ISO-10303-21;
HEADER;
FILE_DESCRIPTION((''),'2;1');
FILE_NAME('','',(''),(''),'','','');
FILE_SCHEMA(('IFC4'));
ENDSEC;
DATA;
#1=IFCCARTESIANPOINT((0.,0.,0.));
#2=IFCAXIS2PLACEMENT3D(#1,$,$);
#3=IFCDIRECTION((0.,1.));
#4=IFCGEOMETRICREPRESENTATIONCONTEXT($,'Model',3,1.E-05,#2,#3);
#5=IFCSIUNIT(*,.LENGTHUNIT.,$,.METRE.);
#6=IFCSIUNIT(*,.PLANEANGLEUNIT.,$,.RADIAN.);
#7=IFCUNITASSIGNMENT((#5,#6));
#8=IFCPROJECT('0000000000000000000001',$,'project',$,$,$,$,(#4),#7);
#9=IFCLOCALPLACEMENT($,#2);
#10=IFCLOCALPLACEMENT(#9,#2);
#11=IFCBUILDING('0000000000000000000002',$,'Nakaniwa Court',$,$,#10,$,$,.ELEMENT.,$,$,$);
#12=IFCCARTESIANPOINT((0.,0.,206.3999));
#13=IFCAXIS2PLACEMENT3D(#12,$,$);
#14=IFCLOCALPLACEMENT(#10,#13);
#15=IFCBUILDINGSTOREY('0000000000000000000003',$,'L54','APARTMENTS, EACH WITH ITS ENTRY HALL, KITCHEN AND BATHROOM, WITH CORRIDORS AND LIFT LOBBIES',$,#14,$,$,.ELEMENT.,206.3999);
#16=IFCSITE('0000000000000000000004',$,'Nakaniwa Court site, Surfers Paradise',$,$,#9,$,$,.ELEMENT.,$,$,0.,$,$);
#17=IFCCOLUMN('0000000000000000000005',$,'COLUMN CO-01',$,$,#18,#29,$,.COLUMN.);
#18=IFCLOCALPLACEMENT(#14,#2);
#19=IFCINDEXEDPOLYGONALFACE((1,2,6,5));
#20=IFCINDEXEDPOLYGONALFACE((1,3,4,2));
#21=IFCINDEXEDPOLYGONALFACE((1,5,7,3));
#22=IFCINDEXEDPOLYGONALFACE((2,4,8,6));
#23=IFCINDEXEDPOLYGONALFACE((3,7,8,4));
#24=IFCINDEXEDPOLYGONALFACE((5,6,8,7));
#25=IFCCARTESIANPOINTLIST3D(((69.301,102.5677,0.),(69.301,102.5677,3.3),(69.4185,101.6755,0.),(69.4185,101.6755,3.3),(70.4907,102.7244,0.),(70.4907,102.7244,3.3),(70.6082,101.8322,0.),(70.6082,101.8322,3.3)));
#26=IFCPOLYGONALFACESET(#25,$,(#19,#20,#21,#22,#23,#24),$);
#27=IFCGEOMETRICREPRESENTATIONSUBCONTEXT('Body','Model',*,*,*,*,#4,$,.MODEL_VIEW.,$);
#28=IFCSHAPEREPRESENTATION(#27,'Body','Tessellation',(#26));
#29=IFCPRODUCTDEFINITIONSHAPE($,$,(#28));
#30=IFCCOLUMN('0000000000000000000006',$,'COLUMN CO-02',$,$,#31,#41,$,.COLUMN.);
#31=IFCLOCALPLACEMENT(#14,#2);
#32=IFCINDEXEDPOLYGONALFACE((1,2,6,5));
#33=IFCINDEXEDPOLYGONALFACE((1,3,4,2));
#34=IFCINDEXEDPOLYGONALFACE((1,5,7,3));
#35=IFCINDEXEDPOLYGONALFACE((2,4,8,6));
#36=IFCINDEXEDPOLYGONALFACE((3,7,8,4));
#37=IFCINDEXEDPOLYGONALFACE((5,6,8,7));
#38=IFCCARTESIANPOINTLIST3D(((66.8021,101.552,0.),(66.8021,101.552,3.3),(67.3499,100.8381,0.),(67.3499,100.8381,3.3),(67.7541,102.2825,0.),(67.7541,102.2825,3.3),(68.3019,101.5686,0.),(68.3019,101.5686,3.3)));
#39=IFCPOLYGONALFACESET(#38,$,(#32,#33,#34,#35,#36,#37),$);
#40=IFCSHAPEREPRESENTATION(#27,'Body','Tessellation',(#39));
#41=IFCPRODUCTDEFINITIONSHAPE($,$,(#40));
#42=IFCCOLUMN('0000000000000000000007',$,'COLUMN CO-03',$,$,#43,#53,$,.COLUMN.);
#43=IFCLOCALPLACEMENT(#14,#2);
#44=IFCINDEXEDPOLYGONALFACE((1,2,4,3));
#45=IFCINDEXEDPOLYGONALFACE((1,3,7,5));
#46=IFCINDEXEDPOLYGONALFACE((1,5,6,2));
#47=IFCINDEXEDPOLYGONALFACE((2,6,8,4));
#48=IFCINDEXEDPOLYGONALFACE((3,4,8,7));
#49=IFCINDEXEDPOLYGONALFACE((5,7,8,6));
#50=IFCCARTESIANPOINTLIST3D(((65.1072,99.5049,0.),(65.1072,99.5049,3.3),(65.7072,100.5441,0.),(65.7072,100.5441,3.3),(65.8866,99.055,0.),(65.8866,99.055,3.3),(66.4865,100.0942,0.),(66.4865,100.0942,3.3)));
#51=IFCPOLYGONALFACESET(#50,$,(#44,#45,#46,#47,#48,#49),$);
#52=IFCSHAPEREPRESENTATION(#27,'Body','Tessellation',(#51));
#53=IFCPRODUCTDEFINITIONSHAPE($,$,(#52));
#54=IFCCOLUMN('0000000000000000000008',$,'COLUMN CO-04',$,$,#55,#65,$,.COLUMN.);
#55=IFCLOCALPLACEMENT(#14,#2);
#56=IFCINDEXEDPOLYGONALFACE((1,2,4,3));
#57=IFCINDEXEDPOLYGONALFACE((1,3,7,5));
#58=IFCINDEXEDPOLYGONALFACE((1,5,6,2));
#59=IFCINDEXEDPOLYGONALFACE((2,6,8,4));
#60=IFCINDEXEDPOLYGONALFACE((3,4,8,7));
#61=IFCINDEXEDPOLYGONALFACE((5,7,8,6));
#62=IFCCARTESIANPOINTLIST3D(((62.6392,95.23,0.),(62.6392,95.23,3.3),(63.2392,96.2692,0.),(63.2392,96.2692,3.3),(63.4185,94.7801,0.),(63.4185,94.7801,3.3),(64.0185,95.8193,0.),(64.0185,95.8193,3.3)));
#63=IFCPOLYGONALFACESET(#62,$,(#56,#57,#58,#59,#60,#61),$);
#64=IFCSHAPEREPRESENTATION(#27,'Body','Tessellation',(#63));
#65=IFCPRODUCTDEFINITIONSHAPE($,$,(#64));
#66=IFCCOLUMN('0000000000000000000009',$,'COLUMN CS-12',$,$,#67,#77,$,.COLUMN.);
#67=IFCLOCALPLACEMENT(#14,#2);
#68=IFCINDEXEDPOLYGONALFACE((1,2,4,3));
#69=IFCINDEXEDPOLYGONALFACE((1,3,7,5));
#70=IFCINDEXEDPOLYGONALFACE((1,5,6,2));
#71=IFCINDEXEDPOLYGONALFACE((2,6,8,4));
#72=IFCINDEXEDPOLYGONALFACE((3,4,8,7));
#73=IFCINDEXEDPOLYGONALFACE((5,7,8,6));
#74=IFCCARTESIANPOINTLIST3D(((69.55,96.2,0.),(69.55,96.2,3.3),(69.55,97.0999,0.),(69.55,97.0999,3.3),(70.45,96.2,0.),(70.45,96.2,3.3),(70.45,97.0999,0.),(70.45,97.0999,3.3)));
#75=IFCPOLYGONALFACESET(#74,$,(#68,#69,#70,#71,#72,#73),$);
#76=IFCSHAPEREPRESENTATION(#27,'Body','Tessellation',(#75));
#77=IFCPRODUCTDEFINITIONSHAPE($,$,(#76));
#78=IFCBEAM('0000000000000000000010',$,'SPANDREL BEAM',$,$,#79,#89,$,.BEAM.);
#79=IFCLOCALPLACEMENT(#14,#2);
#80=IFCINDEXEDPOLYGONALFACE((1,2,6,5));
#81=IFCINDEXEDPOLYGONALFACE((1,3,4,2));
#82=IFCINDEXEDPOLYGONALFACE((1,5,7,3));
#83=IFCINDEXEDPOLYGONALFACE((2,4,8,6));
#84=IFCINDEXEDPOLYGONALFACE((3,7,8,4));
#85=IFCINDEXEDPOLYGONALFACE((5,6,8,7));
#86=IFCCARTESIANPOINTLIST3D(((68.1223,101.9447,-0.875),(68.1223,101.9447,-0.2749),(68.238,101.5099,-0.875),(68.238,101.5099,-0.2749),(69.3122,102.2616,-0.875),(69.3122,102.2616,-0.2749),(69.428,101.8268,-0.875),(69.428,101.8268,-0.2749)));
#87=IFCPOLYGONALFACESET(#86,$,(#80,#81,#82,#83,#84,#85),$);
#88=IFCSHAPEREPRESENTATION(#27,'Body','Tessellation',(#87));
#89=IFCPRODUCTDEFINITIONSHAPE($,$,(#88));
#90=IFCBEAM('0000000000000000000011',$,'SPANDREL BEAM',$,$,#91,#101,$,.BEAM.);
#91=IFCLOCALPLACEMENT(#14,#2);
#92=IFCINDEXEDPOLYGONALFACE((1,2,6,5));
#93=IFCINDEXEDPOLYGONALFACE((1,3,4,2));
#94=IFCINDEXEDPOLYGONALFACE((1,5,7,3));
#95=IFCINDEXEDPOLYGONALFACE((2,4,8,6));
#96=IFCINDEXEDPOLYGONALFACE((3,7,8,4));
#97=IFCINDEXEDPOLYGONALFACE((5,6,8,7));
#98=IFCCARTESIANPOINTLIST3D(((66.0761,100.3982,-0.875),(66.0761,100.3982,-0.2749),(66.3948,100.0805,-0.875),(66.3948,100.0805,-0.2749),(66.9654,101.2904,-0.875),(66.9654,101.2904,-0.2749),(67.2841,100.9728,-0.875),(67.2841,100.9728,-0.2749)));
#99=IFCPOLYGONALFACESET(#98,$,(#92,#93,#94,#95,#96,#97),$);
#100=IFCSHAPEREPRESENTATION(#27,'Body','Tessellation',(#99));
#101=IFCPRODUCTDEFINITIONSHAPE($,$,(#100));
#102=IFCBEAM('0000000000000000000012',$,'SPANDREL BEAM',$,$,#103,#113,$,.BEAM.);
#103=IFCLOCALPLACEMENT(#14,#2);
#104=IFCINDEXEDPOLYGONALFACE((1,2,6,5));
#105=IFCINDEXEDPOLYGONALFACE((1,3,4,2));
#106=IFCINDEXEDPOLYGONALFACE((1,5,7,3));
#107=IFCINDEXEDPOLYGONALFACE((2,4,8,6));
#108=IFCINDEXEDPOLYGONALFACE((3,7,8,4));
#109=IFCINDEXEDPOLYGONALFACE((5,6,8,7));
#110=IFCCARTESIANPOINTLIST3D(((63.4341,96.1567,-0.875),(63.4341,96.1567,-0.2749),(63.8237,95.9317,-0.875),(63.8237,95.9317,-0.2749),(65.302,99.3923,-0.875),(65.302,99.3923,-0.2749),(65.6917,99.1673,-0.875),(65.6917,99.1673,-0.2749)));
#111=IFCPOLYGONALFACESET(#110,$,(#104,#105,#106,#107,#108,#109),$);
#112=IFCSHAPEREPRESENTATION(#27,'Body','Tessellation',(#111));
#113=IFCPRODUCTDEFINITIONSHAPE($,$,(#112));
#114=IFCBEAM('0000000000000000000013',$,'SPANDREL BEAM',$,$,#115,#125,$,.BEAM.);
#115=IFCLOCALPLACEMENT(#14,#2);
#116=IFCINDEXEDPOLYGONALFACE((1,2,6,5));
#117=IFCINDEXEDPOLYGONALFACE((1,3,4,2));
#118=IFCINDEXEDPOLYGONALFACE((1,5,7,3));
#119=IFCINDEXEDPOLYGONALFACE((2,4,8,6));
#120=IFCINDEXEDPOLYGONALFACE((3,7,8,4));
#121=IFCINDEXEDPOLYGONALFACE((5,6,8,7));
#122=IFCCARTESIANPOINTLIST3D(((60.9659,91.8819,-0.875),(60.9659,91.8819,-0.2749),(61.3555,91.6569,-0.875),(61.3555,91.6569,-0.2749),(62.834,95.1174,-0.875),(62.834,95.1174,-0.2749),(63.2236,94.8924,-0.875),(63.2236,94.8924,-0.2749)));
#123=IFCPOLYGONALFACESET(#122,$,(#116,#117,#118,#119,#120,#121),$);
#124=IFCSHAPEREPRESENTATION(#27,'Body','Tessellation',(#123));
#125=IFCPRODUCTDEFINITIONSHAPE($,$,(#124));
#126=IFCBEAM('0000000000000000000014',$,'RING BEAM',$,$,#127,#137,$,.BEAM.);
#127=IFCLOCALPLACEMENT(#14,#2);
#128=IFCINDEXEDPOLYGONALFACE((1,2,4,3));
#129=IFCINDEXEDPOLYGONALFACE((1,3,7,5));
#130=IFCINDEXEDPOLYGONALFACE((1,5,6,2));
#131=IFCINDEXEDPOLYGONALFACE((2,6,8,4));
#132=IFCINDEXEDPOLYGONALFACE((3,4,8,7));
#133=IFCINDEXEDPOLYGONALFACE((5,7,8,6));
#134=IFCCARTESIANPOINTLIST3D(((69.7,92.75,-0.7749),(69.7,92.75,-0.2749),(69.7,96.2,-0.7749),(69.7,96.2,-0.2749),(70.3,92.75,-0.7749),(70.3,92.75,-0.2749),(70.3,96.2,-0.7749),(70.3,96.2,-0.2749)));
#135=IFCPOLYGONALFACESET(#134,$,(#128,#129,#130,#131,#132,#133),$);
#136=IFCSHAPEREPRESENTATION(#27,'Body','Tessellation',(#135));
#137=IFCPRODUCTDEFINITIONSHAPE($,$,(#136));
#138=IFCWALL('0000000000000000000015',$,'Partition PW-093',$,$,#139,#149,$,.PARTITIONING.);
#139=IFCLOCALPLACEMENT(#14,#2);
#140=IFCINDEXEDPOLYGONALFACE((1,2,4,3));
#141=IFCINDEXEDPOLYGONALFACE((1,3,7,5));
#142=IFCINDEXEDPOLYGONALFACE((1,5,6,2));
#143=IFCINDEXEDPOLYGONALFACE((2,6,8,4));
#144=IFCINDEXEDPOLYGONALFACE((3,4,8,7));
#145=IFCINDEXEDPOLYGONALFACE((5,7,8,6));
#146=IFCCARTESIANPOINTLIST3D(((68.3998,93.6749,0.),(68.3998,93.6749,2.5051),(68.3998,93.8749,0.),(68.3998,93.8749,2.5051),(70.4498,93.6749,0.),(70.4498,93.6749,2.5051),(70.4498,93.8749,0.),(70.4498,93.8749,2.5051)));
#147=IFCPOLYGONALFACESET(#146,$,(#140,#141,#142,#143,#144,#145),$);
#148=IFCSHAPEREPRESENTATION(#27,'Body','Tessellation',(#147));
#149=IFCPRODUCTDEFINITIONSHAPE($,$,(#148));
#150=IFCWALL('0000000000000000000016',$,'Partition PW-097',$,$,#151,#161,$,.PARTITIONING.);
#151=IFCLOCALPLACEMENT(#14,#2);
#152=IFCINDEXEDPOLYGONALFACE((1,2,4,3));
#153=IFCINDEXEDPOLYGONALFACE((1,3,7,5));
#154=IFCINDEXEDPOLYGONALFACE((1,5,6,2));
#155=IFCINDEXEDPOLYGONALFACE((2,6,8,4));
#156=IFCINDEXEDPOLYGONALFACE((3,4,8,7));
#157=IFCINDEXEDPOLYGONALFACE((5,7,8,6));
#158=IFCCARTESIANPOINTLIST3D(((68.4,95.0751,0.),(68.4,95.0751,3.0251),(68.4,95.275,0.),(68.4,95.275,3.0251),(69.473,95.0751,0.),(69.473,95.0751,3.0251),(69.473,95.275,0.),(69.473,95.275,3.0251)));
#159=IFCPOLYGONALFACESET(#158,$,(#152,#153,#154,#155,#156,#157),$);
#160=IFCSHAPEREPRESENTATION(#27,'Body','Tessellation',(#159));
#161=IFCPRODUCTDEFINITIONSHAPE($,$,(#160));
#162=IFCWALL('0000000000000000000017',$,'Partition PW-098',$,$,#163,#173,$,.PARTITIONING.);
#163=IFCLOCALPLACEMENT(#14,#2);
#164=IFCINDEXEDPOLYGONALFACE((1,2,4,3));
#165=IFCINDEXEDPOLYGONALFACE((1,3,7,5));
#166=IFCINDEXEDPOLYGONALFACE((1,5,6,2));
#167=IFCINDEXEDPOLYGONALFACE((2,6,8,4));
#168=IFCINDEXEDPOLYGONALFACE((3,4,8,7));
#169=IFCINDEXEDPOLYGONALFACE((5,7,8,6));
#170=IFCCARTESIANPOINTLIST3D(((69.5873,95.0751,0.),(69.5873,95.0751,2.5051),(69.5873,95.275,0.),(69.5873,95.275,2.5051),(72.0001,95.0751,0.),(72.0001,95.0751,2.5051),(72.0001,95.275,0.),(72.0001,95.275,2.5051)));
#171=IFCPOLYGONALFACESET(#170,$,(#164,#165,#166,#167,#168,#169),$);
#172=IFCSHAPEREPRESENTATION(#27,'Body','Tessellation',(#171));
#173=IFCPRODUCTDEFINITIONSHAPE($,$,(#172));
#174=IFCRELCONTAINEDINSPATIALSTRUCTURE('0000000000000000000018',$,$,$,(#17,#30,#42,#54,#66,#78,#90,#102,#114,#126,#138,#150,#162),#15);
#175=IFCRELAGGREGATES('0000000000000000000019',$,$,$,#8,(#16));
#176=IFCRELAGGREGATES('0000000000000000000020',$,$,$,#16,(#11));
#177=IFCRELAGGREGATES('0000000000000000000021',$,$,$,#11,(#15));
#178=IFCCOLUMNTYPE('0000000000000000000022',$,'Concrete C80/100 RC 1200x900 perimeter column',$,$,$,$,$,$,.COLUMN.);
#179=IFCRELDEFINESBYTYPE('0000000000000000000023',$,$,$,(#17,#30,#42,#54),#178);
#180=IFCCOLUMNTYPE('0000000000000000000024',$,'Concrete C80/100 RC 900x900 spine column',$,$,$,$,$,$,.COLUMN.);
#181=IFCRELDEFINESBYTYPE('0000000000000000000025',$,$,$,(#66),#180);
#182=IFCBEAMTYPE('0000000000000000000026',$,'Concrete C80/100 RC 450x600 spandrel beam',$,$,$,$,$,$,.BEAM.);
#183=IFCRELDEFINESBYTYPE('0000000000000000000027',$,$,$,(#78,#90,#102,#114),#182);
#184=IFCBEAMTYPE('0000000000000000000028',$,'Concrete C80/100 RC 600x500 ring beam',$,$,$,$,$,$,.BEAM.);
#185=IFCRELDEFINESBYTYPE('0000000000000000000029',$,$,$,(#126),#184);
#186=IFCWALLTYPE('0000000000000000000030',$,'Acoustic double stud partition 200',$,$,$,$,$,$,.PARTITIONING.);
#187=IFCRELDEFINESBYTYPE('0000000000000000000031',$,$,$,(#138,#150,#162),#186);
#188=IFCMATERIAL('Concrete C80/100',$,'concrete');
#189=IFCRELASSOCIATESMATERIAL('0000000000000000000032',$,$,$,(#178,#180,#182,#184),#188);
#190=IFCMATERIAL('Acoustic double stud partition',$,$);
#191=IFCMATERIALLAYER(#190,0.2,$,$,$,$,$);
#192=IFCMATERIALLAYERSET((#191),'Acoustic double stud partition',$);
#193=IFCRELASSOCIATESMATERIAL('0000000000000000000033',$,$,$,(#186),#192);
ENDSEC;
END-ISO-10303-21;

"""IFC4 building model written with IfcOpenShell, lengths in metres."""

from ifc_helpers import new_model, si_unit, direction, frame, frame_2d, origin, origin_2d, place, context, subcontext, project, spatial, rectangle, extrude, material, layer, layer_set, material_profile, profile_set, type_object, element, save


model = new_model("IFC4")

# Units and contexts
model_context = context("Model", 3, precision=1e-05, world=origin(), true_north=direction((0.0, 1.0)))
body_context = subcontext(model_context, "Body", "Model", "MODEL_VIEW")
ifc_project = project(units=[si_unit("LENGTHUNIT", "METRE"), si_unit("PLANEANGLEUNIT", "RADIAN")], contexts=[model_context])

# Site, building, storey
site_placement = place(None, origin())
site = spatial("IfcSite", under=ifc_project, at=site_placement, Name="Nakaniwa Court site, Surfers Paradise", CompositionType="ELEMENT", RefElevation=0.0)
building_placement = place(site_placement, origin())
building = spatial("IfcBuilding", under=site, at=building_placement, Name="Nakaniwa Court", CompositionType="ELEMENT")
storey_placement = place(building_placement, frame((0.0, 0.0, 206.3999)))
storey = spatial("IfcBuildingStorey", under=building, at=storey_placement, Name="L54", Description="APARTMENTS, EACH WITH ITS ENTRY HALL, KITCHEN AND BATHROOM, WITH CORRIDORS AND LIFT LOBBIES", CompositionType="ELEMENT", Elevation=206.3999)

# Columns
ifc_material_1 = material(Name="Concrete C80/100", Category="concrete")
ifc_material_profile_1 = material_profile(ifc_material_1, rectangle(XDim=1.2, YDim=0.8999, at=origin_2d()), Name="Concrete C80/100 RC 1200x900 perimeter column")
ifc_profile_set_1 = profile_set([ifc_material_profile_1], Name="Concrete C80/100")
column_type_1 = type_object("IfcColumnType", Name="Concrete C80/100 RC 1200x900 perimeter column", PredefinedType="COLUMN", material=ifc_profile_set_1)
for number, where, z_axis, x_axis, name in (
    (1, (69.9546, 102.2, 0.0), (0.0, 0.0, 1.0), (-0.991443, -0.130543, 0.0), "COLUMN CO-01"),
    (2, (67.552, 101.5603, 0.0), (0.0, 0.0, 1.0), (-0.793364, -0.608748, 0.0), "COLUMN CO-02"),
    (3, (65.7969, 99.7996, 0.0), (0.0, 0.0, 1.0), (-0.5, -0.866025, 0.0), "COLUMN CO-03"),
    (4, (63.3289, 95.5247, 0.0), (0.0, 0.0, 1.0), (-0.5, -0.866025, 0.0), "COLUMN CO-04"),
):
    element("IfcColumn", number, at=place(storey_placement, frame(where, z_axis=z_axis, x_axis=x_axis)), inside=storey, type_object=column_type_1, Name=name, PredefinedType="COLUMN", context=body_context, shape_type="SweptSolid", body=[
        extrude(rectangle(XDim=1.2, YDim=0.8999, at=origin_2d()), origin(), (0.0, 0.0, 1.0), 3.3),
    ])
ifc_material_profile_2 = material_profile(ifc_material_1, rectangle(XDim=0.8999, YDim=0.8999, at=origin_2d()), Name="Concrete C80/100 RC 900x900 spine column")
ifc_profile_set_2 = profile_set([ifc_material_profile_2], Name="Concrete C80/100")
column_type_2 = type_object("IfcColumnType", Name="Concrete C80/100 RC 900x900 spine column", PredefinedType="COLUMN", material=ifc_profile_set_2)
column_placement = place(storey_placement, frame((70.0, 96.6499, 0.0), z_axis=(0.0, 0.0, 1.0), x_axis=(0.0, -1.0, 0.0)))
element("IfcColumn", 5, at=column_placement, inside=storey, type_object=column_type_2, Name="COLUMN CS-12", PredefinedType="COLUMN", context=body_context, shape_type="SweptSolid", body=[
    extrude(rectangle(XDim=0.8999, YDim=0.8999, at=origin_2d()), origin(), (0.0, 0.0, 1.0), 3.3),
])

# Beams
ifc_material_profile_3 = material_profile(ifc_material_1, rectangle(XDim=0.45, YDim=0.6001, at=origin_2d()), Name="Concrete C80/100 RC 450x600 spandrel beam")
ifc_profile_set_3 = profile_set([ifc_material_profile_3], Name="Concrete C80/100")
beam_type_1 = type_object("IfcBeamType", Name="Concrete C80/100 RC 450x600 spandrel beam", PredefinedType="BEAM", material=ifc_profile_set_3)
beam_1_placement = place(storey_placement, frame((69.3701, 102.0442, -0.575), z_axis=(-0.96632, -0.257342, 0.0), x_axis=(0.257342, -0.96632, 0.0)))
element("IfcBeam", 6, at=beam_1_placement, inside=storey, type_object=beam_type_1, Name="SPANDREL BEAM", PredefinedType="BEAM", context=body_context, shape_type="SweptSolid", body=[
    extrude(rectangle(XDim=0.45, YDim=0.6001, at=origin_2d()), origin(), (0.0, 0.0, 1.0), 1.2314),
])
beam_2_placement = place(storey_placement, frame((67.1248, 101.1316, -0.575), z_axis=(-0.705943, -0.708269, 0.0), x_axis=(0.708269, -0.705943, 0.0)))
element("IfcBeam", 7, at=beam_2_placement, inside=storey, type_object=beam_type_1, Name="SPANDREL BEAM", PredefinedType="BEAM", context=body_context, shape_type="SweptSolid", body=[
    extrude(rectangle(XDim=0.45, YDim=0.6001, at=origin_2d()), origin(), (0.0, 0.0, 1.0), 1.2598),
])
for number, where, z_axis, x_axis, name in (
    (8, (65.4968, 99.2798, -0.575), (-0.499969, -0.866043, 0.0), (0.866043, -0.499969, 0.0), "SPANDREL BEAM"),
    (9, (63.0288, 95.0049, -0.575), (-0.500018, -0.866015, 0.0), (0.866015, -0.500018, 0.0), "SPANDREL BEAM"),
):
    element("IfcBeam", number, at=place(storey_placement, frame(where, z_axis=z_axis, x_axis=x_axis)), inside=storey, type_object=beam_type_1, Name=name, PredefinedType="BEAM", context=body_context, shape_type="SweptSolid", body=[
        extrude(rectangle(XDim=0.45, YDim=0.6001, at=origin_2d()), origin(), (0.0, 0.0, 1.0), 3.7361),
    ])
ifc_material_profile_4 = material_profile(ifc_material_1, rectangle(XDim=0.6001, YDim=0.5, at=origin_2d()), Name="Concrete C80/100 RC 600x500 ring beam")
ifc_profile_set_4 = profile_set([ifc_material_profile_4], Name="Concrete C80/100")
beam_type_2 = type_object("IfcBeamType", Name="Concrete C80/100 RC 600x500 ring beam", PredefinedType="BEAM", material=ifc_profile_set_4)
beam_3_placement = place(storey_placement, frame((70.0, 96.2, -0.5249), z_axis=(0.0, -1.0, 0.0), x_axis=(1.0, 0.0, 0.0)))
element("IfcBeam", 10, at=beam_3_placement, inside=storey, type_object=beam_type_2, Name="RING BEAM", PredefinedType="BEAM", context=body_context, shape_type="SweptSolid", body=[
    extrude(rectangle(XDim=0.6001, YDim=0.5, at=origin_2d()), origin(), (0.0, 0.0, 1.0), 3.45),
])

# Walls
ifc_material_2 = material(Name="Acoustic double stud partition")
ifc_layer_1 = layer(ifc_material_2, 0.2)
ifc_layer_set_1 = layer_set([ifc_layer_1], Name="Acoustic double stud partition")
wall_type_1 = type_object("IfcWallType", Name="Acoustic double stud partition 200", PredefinedType="PARTITIONING", material=ifc_layer_set_1)
wall_1_placement = place(storey_placement, frame((68.3999, 93.7749, 0.0), z_axis=(0.0, 0.0, 1.0), x_axis=(1.0, 0.0, 0.0)))
element("IfcWall", 11, at=wall_1_placement, inside=storey, type_object=wall_type_1, Name="Partition PW-093", PredefinedType="PARTITIONING", context=body_context, shape_type="SweptSolid", body=[
    extrude(rectangle(XDim=2.05, YDim=0.2, at=frame_2d((1.0249, 0.0))), origin(), (0.0, 0.0, 1.0), 2.5051),
])
wall_2_placement = place(storey_placement, frame((68.3999, 95.175, 0.0), z_axis=(0.0, 0.0, 1.0), x_axis=(1.0, 0.0, 0.0)))
element("IfcWall", 12, at=wall_2_placement, inside=storey, type_object=wall_type_1, Name="Partition PW-097", PredefinedType="PARTITIONING", context=body_context, shape_type="SweptSolid", body=[
    extrude(rectangle(XDim=1.073, YDim=0.2, at=frame_2d((0.5366, 0.0))), origin(), (0.0, 0.0, 1.0), 3.0251),
])
wall_3_placement = place(storey_placement, frame((69.5872, 95.175, 0.0), z_axis=(0.0, 0.0, 1.0), x_axis=(1.0, 0.0, 0.0)))
element("IfcWall", 13, at=wall_3_placement, inside=storey, type_object=wall_type_1, Name="Partition PW-098", PredefinedType="PARTITIONING", context=body_context, shape_type="SweptSolid", body=[
    extrude(rectangle(XDim=2.4128, YDim=0.2, at=frame_2d((1.2065, 0.0))), origin(), (0.0, 0.0, 1.0), 2.5051),
])

save(model, "model.ifc")
